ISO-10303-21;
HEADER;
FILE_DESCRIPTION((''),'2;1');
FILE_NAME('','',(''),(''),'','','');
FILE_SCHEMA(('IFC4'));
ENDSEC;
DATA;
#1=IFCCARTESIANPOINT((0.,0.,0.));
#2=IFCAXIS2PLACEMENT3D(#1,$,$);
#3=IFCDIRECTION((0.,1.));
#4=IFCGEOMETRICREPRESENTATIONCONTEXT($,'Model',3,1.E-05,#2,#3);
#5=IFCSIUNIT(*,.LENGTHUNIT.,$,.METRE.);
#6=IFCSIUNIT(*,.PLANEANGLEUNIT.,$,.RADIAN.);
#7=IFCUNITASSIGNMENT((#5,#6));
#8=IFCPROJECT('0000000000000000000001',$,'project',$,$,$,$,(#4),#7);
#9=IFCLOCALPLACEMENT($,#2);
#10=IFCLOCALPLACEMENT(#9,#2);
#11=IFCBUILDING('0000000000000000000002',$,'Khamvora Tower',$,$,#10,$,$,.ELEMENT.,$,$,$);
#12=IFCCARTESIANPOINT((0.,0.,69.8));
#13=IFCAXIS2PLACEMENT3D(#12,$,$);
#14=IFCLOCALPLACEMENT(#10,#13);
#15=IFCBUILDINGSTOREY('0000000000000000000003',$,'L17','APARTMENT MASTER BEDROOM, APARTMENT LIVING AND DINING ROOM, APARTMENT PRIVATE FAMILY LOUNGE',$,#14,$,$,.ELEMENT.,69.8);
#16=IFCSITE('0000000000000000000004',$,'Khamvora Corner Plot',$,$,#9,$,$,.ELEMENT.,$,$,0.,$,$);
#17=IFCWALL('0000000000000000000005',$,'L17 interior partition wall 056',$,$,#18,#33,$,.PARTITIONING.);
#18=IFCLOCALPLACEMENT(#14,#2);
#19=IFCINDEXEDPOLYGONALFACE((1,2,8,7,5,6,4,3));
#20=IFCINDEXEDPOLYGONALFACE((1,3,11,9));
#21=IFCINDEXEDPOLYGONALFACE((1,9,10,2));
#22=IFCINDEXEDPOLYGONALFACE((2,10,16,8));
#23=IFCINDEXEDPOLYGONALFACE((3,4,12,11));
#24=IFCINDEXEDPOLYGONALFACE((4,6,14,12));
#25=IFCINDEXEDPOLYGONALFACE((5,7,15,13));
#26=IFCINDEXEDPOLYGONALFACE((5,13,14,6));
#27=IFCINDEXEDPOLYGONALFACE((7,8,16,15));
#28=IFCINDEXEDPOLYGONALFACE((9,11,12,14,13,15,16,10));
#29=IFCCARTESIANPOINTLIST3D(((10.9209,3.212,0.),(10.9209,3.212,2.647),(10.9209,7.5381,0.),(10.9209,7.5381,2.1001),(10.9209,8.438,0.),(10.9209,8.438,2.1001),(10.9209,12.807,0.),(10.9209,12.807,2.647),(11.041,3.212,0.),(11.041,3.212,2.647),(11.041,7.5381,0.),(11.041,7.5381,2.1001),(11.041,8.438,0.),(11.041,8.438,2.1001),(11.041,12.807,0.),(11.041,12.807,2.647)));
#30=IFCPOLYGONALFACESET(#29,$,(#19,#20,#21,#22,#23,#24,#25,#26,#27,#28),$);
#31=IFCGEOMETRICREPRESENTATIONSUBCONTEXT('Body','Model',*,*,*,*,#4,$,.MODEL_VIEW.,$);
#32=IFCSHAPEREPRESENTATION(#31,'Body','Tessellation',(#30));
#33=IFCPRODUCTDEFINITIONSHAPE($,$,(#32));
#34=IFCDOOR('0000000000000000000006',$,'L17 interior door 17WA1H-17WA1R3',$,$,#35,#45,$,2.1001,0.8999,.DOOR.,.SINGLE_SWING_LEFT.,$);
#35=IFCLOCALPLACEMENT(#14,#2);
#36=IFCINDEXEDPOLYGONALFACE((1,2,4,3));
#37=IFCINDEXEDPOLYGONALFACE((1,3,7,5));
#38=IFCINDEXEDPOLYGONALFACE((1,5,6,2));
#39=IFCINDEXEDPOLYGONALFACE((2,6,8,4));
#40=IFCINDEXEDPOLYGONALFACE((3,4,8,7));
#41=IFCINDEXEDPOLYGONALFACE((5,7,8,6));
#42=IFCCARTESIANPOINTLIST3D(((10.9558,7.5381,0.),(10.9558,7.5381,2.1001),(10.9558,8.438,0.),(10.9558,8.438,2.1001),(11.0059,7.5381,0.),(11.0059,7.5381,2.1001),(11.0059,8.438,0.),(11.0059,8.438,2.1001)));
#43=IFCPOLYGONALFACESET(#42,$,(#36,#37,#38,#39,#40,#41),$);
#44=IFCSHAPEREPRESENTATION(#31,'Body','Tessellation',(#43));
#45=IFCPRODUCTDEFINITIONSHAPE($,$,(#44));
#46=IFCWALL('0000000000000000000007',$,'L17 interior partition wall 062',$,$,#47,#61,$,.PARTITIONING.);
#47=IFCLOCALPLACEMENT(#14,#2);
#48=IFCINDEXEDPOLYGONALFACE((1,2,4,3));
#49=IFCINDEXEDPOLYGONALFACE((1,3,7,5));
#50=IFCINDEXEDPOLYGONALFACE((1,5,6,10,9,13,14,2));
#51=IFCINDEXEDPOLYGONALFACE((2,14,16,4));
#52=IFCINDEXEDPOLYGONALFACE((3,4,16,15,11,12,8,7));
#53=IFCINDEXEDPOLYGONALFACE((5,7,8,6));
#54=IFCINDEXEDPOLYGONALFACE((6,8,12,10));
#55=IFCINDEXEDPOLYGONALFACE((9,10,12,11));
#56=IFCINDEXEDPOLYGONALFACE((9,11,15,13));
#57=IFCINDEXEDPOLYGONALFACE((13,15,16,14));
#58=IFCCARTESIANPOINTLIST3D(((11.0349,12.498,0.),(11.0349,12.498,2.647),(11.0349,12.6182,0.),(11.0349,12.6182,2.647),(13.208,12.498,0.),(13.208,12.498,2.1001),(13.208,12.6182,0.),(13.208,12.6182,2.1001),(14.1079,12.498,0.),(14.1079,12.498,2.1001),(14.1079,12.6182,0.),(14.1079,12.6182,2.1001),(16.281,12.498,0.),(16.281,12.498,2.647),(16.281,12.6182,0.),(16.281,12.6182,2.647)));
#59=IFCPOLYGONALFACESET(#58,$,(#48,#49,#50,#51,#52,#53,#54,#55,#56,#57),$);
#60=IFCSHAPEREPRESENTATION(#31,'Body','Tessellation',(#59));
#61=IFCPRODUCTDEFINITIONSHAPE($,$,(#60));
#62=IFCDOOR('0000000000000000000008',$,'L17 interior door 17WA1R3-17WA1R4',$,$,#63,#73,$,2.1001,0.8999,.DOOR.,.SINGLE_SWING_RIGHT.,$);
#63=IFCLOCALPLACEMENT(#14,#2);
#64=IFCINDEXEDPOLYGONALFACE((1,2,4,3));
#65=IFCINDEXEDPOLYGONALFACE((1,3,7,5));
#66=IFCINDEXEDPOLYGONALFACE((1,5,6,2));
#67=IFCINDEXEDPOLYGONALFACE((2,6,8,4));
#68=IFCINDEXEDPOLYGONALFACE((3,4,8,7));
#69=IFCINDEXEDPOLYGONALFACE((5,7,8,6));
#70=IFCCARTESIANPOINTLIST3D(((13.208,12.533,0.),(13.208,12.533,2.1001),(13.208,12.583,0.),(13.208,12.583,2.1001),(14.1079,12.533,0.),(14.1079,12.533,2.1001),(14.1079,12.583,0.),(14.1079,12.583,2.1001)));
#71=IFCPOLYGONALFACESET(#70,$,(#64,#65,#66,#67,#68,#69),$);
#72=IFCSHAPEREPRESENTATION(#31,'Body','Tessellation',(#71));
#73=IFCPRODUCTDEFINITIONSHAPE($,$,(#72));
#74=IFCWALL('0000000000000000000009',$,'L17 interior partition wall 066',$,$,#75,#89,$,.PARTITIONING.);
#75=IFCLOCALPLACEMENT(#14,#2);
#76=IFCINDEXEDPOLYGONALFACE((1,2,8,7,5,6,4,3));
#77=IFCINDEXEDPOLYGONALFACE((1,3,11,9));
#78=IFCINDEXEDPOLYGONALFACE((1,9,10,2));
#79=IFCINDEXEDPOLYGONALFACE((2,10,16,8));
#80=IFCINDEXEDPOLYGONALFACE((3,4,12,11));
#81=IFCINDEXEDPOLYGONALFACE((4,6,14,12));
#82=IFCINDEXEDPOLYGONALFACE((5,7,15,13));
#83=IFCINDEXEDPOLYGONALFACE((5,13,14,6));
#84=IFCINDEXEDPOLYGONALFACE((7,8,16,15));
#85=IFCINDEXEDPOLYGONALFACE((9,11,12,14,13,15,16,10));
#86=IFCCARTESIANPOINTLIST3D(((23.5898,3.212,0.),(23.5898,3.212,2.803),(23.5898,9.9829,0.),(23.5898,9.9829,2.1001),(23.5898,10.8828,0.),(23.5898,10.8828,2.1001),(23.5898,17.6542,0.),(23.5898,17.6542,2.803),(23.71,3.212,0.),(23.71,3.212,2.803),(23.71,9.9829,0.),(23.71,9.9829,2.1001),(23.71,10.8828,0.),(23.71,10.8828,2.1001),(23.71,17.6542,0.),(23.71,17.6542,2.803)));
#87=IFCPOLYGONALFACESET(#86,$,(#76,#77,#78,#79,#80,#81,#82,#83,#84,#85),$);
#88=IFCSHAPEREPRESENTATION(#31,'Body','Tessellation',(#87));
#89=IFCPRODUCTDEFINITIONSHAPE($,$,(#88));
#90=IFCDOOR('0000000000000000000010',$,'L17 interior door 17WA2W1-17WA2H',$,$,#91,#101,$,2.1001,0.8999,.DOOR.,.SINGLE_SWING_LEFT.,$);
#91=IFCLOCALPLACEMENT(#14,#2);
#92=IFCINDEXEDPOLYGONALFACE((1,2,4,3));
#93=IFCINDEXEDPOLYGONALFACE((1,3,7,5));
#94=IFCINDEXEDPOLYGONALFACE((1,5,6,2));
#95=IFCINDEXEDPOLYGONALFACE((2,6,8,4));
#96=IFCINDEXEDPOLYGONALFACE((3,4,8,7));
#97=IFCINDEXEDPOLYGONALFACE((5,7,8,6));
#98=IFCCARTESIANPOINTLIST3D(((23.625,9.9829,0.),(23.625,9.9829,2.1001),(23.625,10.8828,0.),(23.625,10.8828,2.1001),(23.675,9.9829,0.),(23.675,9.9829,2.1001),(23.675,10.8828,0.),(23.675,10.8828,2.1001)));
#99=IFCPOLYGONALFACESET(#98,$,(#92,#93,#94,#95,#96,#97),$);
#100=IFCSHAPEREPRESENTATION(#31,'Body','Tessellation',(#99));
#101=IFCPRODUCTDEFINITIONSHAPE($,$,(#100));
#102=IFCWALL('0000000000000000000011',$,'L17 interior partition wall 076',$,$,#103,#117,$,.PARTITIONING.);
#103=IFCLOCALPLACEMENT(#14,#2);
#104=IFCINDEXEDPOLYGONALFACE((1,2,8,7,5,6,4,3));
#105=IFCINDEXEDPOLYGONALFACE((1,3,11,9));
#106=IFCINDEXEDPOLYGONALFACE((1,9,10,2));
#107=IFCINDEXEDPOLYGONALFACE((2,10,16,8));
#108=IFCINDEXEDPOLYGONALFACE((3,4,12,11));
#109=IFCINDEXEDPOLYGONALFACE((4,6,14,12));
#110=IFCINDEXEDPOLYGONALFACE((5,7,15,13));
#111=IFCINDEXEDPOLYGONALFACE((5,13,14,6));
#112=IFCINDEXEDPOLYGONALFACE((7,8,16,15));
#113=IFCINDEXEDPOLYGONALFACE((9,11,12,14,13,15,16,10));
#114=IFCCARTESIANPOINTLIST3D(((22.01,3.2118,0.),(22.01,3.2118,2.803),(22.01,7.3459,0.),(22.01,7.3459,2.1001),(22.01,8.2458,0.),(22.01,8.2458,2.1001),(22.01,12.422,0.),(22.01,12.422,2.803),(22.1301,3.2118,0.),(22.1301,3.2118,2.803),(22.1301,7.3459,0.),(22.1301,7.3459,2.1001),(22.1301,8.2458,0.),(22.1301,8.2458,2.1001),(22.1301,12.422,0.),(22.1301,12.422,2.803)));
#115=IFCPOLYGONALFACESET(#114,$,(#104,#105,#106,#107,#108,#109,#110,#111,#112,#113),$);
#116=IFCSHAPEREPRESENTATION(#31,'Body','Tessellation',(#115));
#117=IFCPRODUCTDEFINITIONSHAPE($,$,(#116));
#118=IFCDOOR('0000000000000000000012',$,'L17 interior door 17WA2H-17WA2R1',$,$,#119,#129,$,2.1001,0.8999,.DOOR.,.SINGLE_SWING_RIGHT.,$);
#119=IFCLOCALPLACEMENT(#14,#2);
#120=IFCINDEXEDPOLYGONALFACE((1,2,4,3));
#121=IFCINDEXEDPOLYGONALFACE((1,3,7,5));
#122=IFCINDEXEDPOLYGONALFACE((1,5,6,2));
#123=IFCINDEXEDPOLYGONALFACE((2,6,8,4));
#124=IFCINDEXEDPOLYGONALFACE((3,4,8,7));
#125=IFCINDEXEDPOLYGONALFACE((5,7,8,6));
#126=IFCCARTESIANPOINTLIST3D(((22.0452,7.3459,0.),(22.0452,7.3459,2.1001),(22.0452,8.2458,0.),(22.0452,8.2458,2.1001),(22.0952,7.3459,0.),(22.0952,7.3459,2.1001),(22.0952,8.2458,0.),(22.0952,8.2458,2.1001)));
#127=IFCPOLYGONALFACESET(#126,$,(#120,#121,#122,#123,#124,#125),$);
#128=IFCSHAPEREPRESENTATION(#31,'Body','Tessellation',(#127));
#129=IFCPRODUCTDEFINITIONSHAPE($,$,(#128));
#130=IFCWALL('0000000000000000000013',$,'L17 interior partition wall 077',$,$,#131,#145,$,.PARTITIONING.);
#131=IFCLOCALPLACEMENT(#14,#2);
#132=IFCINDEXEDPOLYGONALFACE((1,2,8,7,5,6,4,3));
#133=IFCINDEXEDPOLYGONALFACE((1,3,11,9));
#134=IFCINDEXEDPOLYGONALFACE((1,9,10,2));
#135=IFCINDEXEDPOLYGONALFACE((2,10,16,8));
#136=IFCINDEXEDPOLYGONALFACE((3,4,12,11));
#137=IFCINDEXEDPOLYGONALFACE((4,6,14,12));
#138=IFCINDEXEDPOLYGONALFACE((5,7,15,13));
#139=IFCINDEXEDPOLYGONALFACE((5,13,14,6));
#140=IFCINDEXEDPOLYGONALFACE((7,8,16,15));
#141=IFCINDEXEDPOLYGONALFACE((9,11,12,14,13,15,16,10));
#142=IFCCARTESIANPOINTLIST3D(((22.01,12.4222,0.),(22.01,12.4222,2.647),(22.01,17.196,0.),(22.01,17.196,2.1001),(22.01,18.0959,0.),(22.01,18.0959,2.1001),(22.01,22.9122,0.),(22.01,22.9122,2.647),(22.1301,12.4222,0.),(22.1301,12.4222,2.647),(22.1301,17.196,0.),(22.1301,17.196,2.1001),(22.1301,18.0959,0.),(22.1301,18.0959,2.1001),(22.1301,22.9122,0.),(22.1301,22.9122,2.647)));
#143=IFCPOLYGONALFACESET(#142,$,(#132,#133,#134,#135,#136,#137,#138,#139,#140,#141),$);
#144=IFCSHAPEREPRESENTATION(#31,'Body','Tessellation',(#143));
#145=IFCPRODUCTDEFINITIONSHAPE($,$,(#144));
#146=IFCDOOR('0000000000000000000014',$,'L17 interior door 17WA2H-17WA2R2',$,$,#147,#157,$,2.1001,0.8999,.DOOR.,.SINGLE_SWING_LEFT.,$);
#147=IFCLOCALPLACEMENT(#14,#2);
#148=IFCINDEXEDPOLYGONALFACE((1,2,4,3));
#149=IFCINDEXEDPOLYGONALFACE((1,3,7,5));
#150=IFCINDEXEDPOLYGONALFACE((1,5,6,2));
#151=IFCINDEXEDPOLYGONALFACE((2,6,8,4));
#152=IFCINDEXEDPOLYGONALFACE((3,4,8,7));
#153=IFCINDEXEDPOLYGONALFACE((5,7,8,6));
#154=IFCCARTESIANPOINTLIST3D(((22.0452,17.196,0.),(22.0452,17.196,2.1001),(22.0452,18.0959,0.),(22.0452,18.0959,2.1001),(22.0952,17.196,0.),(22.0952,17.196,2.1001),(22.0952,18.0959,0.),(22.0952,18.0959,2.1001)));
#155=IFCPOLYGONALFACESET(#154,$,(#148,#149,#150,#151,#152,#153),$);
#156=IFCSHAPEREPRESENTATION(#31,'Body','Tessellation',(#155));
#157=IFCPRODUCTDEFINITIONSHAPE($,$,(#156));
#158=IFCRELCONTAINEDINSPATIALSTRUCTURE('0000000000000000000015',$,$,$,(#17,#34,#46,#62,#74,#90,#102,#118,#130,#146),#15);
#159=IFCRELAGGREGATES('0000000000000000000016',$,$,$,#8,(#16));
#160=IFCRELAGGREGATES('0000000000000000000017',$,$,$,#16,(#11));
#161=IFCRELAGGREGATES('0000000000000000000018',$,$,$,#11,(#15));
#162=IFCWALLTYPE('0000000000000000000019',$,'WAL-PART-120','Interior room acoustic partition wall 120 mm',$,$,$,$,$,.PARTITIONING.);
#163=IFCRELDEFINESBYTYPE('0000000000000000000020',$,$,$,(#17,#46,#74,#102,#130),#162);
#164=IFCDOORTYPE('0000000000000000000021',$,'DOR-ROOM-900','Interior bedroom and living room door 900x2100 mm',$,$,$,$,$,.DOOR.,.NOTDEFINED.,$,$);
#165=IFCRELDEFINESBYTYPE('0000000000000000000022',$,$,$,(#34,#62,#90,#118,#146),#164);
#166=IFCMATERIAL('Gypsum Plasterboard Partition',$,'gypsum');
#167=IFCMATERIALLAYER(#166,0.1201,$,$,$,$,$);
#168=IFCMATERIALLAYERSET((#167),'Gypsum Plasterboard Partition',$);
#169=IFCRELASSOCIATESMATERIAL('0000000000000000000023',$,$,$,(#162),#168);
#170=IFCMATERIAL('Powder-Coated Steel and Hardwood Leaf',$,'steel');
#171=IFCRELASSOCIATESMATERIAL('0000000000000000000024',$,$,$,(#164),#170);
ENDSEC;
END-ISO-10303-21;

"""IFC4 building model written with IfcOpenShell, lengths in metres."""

from ifc_helpers import new_model, si_unit, direction, frame, frame_2d, origin, place, context, subcontext, project, spatial, rectangle, extrude, material, layer, layer_set, type_object, element, fill, save


model = new_model("IFC4")

# Units and contexts
model_context = context("Model", 3, precision=1e-05, world=origin(), true_north=direction((0.0, 1.0)))
body_context = subcontext(model_context, "Body", "Model", "MODEL_VIEW")
ifc_project = project(units=[si_unit("LENGTHUNIT", "METRE"), si_unit("PLANEANGLEUNIT", "RADIAN")], contexts=[model_context])

# Site, building, storey
site_placement = place(None, origin())
site = spatial("IfcSite", under=ifc_project, at=site_placement, Name="Khamvora Corner Plot", CompositionType="ELEMENT", RefElevation=0.0)
building_placement = place(site_placement, origin())
building = spatial("IfcBuilding", under=site, at=building_placement, Name="Khamvora Tower", CompositionType="ELEMENT")
storey_placement = place(building_placement, frame((0.0, 0.0, 69.8)))
storey = spatial("IfcBuildingStorey", under=building, at=storey_placement, Name="L17", Description="APARTMENT MASTER BEDROOM, APARTMENT LIVING AND DINING ROOM, APARTMENT PRIVATE FAMILY LOUNGE", CompositionType="ELEMENT", Elevation=69.8)

# Walls, openings, doors
ifc_material_1 = material(Name="Gypsum Plasterboard Partition", Category="gypsum")
ifc_layer_1 = layer(ifc_material_1, 0.1201)
ifc_layer_set_1 = layer_set([ifc_layer_1], Name="Gypsum Plasterboard Partition")
wall_type_1 = type_object("IfcWallType", Name="WAL-PART-120", Description="Interior room acoustic partition wall 120 mm", PredefinedType="PARTITIONING", material=ifc_layer_set_1)
wall_1_placement = place(storey_placement, frame((10.981, 12.8069, 0.0), z_axis=(0.0, 0.0, 1.0), x_axis=(0.0, -1.0, 0.0)))
wall_1 = element("IfcWall", 1, at=wall_1_placement, inside=storey, type_object=wall_type_1, Name="L17 interior partition wall 056", PredefinedType="PARTITIONING", context=body_context, shape_type="SweptSolid", body=[
    extrude(rectangle(XDim=9.595, YDim=0.1201, at=frame_2d((4.7974, 0.0))), origin(), (0.0, 0.0, 1.0), 2.647),
])
opening_1_placement = place(wall_1_placement, frame((4.3689, 0.0, 0.0)))
opening_1 = element("IfcOpeningElement", 2, at=opening_1_placement, cuts=wall_1, PredefinedType="OPENING", context=body_context, shape_type="SweptSolid", body=[
    extrude(rectangle(XDim=0.8999, YDim=2.1001, at=frame_2d((0.45, 1.05))), frame((0.0, 0.0701, 0.0), z_axis=(0.0, -1.0, 0.0), x_axis=(1.0, 0.0, 0.0)), (0.0, 0.0, 1.0), 0.1401),
])
ifc_material_2 = material(Name="Powder-Coated Steel and Hardwood Leaf", Category="steel")
door_type_1 = type_object("IfcDoorType", Name="DOR-ROOM-900", Description="Interior bedroom and living room door 900x2100 mm", OperationType="NOTDEFINED", PredefinedType="DOOR", material=ifc_material_2)
door_1_placement = place(opening_1_placement, origin())
door_1 = element("IfcDoor", 3, at=door_1_placement, inside=storey, type_object=door_type_1, Name="L17 interior door 17WA1H-17WA1R3", OperationType="SINGLE_SWING_LEFT", OverallHeight=2.1001, OverallWidth=0.8999, PredefinedType="DOOR", context=body_context, shape_type="SweptSolid", body=[
    extrude(rectangle(XDim=0.8999, YDim=2.1001, at=frame_2d((0.45, 1.05))), frame((0.0, 0.0249, 0.0), z_axis=(0.0, -1.0, 0.0), x_axis=(1.0, 0.0, 0.0)), (0.0, 0.0, 1.0), 0.05),
])
fill(opening_1, door_1)
wall_2_placement = place(storey_placement, frame((11.0349, 12.5581, 0.0), z_axis=(0.0, 0.0, 1.0), x_axis=(1.0, 0.0, 0.0)))
wall_2 = element("IfcWall", 4, at=wall_2_placement, inside=storey, type_object=wall_type_1, Name="L17 interior partition wall 062", PredefinedType="PARTITIONING", context=body_context, shape_type="SweptSolid", body=[
    extrude(rectangle(XDim=5.2461, YDim=0.1201, at=frame_2d((2.623, 0.0))), origin(), (0.0, 0.0, 1.0), 2.647),
])
opening_2_placement = place(wall_2_placement, frame((2.1731, 0.0, 0.0)))
opening_2 = element("IfcOpeningElement", 5, at=opening_2_placement, cuts=wall_2, PredefinedType="OPENING", context=body_context, shape_type="SweptSolid", body=[
    extrude(rectangle(XDim=0.8999, YDim=2.1001, at=frame_2d((0.45, 1.05))), frame((0.0, 0.0701, 0.0), z_axis=(0.0, -1.0, 0.0), x_axis=(1.0, 0.0, 0.0)), (0.0, 0.0, 1.0), 0.1401),
])
door_2_placement = place(opening_2_placement, origin())
door_2 = element("IfcDoor", 6, at=door_2_placement, inside=storey, type_object=door_type_1, Name="L17 interior door 17WA1R3-17WA1R4", OperationType="SINGLE_SWING_RIGHT", OverallHeight=2.1001, OverallWidth=0.8999, PredefinedType="DOOR", context=body_context, shape_type="SweptSolid", body=[
    extrude(rectangle(XDim=0.8999, YDim=2.1001, at=frame_2d((0.45, 1.05))), frame((0.0, 0.0249, 0.0), z_axis=(0.0, -1.0, 0.0), x_axis=(1.0, 0.0, 0.0)), (0.0, 0.0, 1.0), 0.05),
])
fill(opening_2, door_2)
wall_3_placement = place(storey_placement, frame((23.6499, 3.2119, 0.0), z_axis=(0.0, 0.0, 1.0), x_axis=(0.0, 1.0, 0.0)))
wall_3 = element("IfcWall", 7, at=wall_3_placement, inside=storey, type_object=wall_type_1, Name="L17 interior partition wall 066", PredefinedType="PARTITIONING", context=body_context, shape_type="SweptSolid", body=[
    extrude(rectangle(XDim=14.4421, YDim=0.1201, at=frame_2d((7.2212, 0.0))), origin(), (0.0, 0.0, 1.0), 2.803),
])
opening_3_placement = place(wall_3_placement, frame((6.771, 0.0, 0.0)))
opening_3 = element("IfcOpeningElement", 8, at=opening_3_placement, cuts=wall_3, PredefinedType="OPENING", context=body_context, shape_type="SweptSolid", body=[
    extrude(rectangle(XDim=0.8999, YDim=2.1001, at=frame_2d((0.45, 1.05))), frame((0.0, 0.0701, 0.0), z_axis=(0.0, -1.0, 0.0), x_axis=(1.0, 0.0, 0.0)), (0.0, 0.0, 1.0), 0.1401),
])
door_3_placement = place(opening_3_placement, origin())
door_3 = element("IfcDoor", 9, at=door_3_placement, inside=storey, type_object=door_type_1, Name="L17 interior door 17WA2W1-17WA2H", OperationType="SINGLE_SWING_LEFT", OverallHeight=2.1001, OverallWidth=0.8999, PredefinedType="DOOR", context=body_context, shape_type="SweptSolid", body=[
    extrude(rectangle(XDim=0.8999, YDim=2.1001, at=frame_2d((0.45, 1.05))), frame((0.0, 0.0249, 0.0), z_axis=(0.0, -1.0, 0.0), x_axis=(1.0, 0.0, 0.0)), (0.0, 0.0, 1.0), 0.05),
])
fill(opening_3, door_3)
wall_4_placement = place(storey_placement, frame((22.0701, 3.2119, 0.0), z_axis=(0.0, 0.0, 1.0), x_axis=(0.0, 1.0, 0.0)))
wall_4 = element("IfcWall", 10, at=wall_4_placement, inside=storey, type_object=wall_type_1, Name="L17 interior partition wall 076", PredefinedType="PARTITIONING", context=body_context, shape_type="SweptSolid", body=[
    extrude(rectangle(XDim=9.2102, YDim=0.1201, at=frame_2d((4.605, 0.0))), origin(), (0.0, 0.0, 1.0), 2.803),
])
opening_4_placement = place(wall_4_placement, frame((4.134, 0.0, 0.0)))
opening_4 = element("IfcOpeningElement", 11, at=opening_4_placement, cuts=wall_4, PredefinedType="OPENING", context=body_context, shape_type="SweptSolid", body=[
    extrude(rectangle(XDim=0.8999, YDim=2.1001, at=frame_2d((0.45, 1.05))), frame((0.0, 0.0701, 0.0), z_axis=(0.0, -1.0, 0.0), x_axis=(1.0, 0.0, 0.0)), (0.0, 0.0, 1.0), 0.1401),
])
door_4_placement = place(opening_4_placement, origin())
door_4 = element("IfcDoor", 12, at=door_4_placement, inside=storey, type_object=door_type_1, Name="L17 interior door 17WA2H-17WA2R1", OperationType="SINGLE_SWING_RIGHT", OverallHeight=2.1001, OverallWidth=0.8999, PredefinedType="DOOR", context=body_context, shape_type="SweptSolid", body=[
    extrude(rectangle(XDim=0.8999, YDim=2.1001, at=frame_2d((0.45, 1.05))), frame((0.0, 0.0249, 0.0), z_axis=(0.0, -1.0, 0.0), x_axis=(1.0, 0.0, 0.0)), (0.0, 0.0, 1.0), 0.05),
])
fill(opening_4, door_4)
wall_5_placement = place(storey_placement, frame((22.0701, 12.4221, 0.0), z_axis=(0.0, 0.0, 1.0), x_axis=(0.0, 1.0, 0.0)))
wall_5 = element("IfcWall", 13, at=wall_5_placement, inside=storey, type_object=wall_type_1, Name="L17 interior partition wall 077", PredefinedType="PARTITIONING", context=body_context, shape_type="SweptSolid", body=[
    extrude(rectangle(XDim=10.49, YDim=0.1201, at=frame_2d((5.2451, 0.0))), origin(), (0.0, 0.0, 1.0), 2.647),
])
opening_5_placement = place(wall_5_placement, frame((4.7739, 0.0, 0.0)))
opening_5 = element("IfcOpeningElement", 14, at=opening_5_placement, cuts=wall_5, PredefinedType="OPENING", context=body_context, shape_type="SweptSolid", body=[
    extrude(rectangle(XDim=0.8999, YDim=2.1001, at=frame_2d((0.45, 1.05))), frame((0.0, 0.0701, 0.0), z_axis=(0.0, -1.0, 0.0), x_axis=(1.0, 0.0, 0.0)), (0.0, 0.0, 1.0), 0.1401),
])
door_5_placement = place(opening_5_placement, origin())
door_5 = element("IfcDoor", 15, at=door_5_placement, inside=storey, type_object=door_type_1, Name="L17 interior door 17WA2H-17WA2R2", OperationType="SINGLE_SWING_LEFT", OverallHeight=2.1001, OverallWidth=0.8999, PredefinedType="DOOR", context=body_context, shape_type="SweptSolid", body=[
    extrude(rectangle(XDim=0.8999, YDim=2.1001, at=frame_2d((0.45, 1.05))), frame((0.0, 0.0249, 0.0), z_axis=(0.0, -1.0, 0.0), x_axis=(1.0, 0.0, 0.0)), (0.0, 0.0, 1.0), 0.05),
])
fill(opening_5, door_5)

save(model, "model.ifc")
